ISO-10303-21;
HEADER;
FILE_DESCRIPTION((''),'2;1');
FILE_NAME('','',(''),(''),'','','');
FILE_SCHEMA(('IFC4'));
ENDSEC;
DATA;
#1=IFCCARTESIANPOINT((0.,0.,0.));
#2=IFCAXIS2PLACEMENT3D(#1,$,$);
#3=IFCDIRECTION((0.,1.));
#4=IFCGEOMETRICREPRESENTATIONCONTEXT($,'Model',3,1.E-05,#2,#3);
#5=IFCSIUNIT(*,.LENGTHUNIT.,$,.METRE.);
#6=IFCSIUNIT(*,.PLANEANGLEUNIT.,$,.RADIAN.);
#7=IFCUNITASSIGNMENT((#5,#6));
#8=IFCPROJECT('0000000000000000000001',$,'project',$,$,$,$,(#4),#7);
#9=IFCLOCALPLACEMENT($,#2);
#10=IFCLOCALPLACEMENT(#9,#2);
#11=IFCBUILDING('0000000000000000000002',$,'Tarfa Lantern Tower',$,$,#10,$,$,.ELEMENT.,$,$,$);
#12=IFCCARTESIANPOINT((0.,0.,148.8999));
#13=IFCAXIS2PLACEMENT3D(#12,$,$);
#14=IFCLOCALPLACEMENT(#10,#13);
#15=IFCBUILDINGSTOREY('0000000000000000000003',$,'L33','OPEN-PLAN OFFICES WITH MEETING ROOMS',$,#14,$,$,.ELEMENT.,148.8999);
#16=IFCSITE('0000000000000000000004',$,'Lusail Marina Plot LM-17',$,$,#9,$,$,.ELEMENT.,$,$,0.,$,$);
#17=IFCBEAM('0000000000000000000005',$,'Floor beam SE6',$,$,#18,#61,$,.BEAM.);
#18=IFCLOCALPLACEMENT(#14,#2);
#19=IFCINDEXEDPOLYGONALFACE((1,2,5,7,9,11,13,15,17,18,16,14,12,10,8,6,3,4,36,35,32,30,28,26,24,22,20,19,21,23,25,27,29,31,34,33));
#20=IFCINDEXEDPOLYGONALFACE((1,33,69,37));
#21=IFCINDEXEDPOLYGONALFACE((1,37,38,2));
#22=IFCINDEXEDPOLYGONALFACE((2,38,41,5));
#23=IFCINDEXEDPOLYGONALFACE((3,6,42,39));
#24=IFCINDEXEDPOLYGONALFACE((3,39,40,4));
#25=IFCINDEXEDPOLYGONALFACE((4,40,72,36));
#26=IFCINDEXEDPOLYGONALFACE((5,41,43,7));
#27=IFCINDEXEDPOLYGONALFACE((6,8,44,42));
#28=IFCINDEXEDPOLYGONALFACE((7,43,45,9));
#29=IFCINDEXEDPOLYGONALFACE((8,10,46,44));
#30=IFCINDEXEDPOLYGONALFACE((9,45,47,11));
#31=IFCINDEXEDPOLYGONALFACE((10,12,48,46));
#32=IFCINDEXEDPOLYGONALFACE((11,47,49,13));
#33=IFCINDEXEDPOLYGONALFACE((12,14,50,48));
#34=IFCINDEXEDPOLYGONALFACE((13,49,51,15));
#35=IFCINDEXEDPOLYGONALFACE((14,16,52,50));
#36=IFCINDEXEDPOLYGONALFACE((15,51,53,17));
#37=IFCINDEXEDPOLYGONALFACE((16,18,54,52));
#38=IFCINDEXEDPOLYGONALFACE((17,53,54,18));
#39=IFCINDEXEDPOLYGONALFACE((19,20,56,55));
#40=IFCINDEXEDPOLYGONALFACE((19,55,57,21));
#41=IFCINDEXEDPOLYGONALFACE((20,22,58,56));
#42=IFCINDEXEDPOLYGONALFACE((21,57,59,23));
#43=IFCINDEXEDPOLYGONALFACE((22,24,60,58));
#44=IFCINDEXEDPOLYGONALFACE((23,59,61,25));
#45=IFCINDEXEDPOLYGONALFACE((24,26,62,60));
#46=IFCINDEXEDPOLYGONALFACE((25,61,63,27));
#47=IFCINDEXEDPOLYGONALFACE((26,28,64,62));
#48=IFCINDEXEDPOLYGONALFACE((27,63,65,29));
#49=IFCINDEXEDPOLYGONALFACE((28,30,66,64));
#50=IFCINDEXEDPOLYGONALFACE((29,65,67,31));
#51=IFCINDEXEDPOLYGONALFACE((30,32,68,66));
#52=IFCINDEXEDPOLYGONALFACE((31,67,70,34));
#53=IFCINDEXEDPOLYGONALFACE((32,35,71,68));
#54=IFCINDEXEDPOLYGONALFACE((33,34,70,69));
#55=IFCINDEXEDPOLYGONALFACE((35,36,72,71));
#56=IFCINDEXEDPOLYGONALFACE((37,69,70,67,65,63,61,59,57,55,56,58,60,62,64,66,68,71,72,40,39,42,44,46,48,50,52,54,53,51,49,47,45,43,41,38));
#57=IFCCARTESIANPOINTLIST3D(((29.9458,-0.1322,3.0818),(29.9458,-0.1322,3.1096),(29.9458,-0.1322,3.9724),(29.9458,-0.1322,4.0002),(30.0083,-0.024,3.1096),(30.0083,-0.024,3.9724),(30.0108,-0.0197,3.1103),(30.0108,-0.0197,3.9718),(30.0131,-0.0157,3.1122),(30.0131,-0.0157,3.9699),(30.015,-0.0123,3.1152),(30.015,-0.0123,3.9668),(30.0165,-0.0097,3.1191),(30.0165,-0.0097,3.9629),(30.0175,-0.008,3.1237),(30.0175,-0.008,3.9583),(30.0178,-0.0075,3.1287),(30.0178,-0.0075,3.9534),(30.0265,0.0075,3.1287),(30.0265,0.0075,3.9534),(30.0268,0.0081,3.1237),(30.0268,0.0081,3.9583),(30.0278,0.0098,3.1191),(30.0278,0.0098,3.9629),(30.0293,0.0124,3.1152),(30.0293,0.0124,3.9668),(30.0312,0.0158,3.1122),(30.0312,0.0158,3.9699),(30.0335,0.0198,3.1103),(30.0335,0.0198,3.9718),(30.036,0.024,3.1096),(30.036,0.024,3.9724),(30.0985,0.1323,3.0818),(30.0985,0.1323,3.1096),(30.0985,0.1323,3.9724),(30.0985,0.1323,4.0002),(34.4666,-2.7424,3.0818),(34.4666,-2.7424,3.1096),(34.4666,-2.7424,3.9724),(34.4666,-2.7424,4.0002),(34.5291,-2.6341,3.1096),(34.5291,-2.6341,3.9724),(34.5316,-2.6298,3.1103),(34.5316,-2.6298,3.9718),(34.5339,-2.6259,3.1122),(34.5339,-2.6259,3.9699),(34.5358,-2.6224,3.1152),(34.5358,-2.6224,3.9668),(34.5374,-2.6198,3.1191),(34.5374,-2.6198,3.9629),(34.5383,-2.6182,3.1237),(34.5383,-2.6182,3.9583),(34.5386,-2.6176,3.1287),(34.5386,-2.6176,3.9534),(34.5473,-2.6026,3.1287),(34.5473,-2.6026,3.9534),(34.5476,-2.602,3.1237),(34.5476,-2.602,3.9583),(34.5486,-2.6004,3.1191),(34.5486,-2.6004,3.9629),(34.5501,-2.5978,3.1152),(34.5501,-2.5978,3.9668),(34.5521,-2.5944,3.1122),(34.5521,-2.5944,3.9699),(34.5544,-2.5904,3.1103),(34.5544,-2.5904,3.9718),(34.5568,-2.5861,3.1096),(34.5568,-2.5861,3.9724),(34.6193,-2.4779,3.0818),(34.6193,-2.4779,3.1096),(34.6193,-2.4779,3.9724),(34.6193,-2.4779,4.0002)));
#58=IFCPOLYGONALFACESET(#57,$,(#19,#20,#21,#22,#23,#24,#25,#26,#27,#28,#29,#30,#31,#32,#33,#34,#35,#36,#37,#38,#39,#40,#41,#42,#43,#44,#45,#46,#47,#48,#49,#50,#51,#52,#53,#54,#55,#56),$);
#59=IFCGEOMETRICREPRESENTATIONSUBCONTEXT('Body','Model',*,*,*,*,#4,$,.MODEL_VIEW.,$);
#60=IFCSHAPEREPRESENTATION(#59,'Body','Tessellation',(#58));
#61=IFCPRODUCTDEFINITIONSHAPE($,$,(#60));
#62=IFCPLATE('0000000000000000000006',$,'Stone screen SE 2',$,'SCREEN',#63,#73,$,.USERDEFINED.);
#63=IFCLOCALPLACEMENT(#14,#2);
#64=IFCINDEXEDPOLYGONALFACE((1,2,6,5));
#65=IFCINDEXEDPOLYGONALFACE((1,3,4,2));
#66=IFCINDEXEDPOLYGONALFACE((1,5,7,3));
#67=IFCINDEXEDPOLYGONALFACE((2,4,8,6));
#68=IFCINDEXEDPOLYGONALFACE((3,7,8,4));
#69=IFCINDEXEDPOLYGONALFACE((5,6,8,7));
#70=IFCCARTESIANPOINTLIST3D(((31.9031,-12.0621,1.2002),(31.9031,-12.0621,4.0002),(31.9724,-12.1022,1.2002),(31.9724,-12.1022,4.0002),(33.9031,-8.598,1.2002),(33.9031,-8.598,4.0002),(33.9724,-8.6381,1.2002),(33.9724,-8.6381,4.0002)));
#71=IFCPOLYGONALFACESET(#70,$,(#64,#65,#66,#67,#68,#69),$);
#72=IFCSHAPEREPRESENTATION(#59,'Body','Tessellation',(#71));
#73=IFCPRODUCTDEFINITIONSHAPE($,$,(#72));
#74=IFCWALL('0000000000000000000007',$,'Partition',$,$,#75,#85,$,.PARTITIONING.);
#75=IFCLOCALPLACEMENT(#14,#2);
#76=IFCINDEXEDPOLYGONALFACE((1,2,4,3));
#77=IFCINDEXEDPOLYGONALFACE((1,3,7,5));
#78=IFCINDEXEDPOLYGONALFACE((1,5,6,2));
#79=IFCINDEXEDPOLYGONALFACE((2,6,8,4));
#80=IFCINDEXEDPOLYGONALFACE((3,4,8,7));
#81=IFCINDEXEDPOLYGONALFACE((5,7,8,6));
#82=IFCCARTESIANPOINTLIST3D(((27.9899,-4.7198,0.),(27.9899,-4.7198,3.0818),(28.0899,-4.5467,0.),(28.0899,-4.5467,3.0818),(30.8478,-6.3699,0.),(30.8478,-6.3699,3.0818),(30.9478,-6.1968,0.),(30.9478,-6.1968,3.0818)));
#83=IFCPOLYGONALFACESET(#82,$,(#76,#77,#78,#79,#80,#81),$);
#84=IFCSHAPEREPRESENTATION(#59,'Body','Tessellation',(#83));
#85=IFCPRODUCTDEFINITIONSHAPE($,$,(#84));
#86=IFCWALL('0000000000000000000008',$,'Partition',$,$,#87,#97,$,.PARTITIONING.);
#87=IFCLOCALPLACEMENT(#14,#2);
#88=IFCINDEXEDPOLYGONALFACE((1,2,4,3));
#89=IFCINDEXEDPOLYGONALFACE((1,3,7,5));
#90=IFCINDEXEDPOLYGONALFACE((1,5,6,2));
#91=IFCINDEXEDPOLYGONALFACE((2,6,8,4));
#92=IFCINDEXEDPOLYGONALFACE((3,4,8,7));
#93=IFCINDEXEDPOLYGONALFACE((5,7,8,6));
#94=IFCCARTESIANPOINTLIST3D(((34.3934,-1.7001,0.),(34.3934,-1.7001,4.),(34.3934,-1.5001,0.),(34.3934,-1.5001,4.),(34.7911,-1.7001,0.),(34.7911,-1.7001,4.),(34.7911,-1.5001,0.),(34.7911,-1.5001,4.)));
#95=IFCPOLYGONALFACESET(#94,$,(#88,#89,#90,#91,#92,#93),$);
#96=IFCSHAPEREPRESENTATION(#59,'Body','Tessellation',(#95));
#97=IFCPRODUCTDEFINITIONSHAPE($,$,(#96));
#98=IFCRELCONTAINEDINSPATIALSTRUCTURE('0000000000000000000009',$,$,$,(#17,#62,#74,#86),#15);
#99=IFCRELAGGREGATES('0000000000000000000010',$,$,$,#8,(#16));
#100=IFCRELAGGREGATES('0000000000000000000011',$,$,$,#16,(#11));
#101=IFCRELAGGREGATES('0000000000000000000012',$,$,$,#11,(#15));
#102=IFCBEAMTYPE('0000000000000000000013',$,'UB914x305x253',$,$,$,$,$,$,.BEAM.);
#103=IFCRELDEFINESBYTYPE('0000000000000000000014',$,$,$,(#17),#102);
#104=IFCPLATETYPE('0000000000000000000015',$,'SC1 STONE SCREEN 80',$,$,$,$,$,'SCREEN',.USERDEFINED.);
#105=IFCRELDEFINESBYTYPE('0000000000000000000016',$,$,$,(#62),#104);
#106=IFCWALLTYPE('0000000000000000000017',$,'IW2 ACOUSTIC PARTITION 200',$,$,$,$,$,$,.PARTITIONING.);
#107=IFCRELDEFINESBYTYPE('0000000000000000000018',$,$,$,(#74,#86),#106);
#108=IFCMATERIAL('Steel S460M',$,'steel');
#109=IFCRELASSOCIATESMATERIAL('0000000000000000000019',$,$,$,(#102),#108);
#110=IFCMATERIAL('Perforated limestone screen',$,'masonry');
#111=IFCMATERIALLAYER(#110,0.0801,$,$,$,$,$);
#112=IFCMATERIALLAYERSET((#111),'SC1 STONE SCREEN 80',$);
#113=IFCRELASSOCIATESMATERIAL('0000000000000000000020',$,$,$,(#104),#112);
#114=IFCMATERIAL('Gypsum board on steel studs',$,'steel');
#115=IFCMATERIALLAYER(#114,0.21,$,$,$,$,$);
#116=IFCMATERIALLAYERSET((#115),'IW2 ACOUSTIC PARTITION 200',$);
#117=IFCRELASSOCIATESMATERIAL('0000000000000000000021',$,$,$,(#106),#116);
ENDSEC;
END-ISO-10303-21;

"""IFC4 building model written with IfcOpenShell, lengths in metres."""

from ifc_helpers import new_model, si_unit, direction, frame, frame_2d, origin, origin_2d, place, context, subcontext, project, spatial, rectangle, i_section, extrude, material, layer, layer_set, material_profile, profile_set, type_object, element, save


model = new_model("IFC4")

# Units and contexts
model_context = context("Model", 3, precision=1e-05, world=origin(), true_north=direction((0.0, 1.0)))
body_context = subcontext(model_context, "Body", "Model", "MODEL_VIEW")
ifc_project = project(units=[si_unit("LENGTHUNIT", "METRE"), si_unit("PLANEANGLEUNIT", "RADIAN")], contexts=[model_context])

# Site, building, storey
site_placement = place(None, origin())
site = spatial("IfcSite", under=ifc_project, at=site_placement, Name="Lusail Marina Plot LM-17", CompositionType="ELEMENT", RefElevation=0.0)
building_placement = place(site_placement, origin())
building = spatial("IfcBuilding", under=site, at=building_placement, Name="Tarfa Lantern Tower", CompositionType="ELEMENT")
storey_placement = place(building_placement, frame((0.0, 0.0, 148.8999)))
storey = spatial("IfcBuildingStorey", under=building, at=storey_placement, Name="L33", Description="OPEN-PLAN OFFICES WITH MEETING ROOMS", CompositionType="ELEMENT", Elevation=148.8999)

# Beam
ifc_material_1 = material(Name="Steel S460M", Category="steel")
ifc_material_profile_1 = material_profile(ifc_material_1, i_section(OverallWidth=0.3054, OverallDepth=0.9185, WebThickness=0.0173, FlangeThickness=0.0278, FilletRadius=0.019, at=origin_2d()), Name="UB914x305x253")
ifc_profile_set_1 = profile_set([ifc_material_profile_1], Name="Steel S460M")
beam_type_1 = type_object("IfcBeamType", Name="UB914x305x253", PredefinedType="BEAM", material=ifc_profile_set_1)
beam_1_placement = place(storey_placement, frame((34.543, -2.6101, 3.541), z_axis=(-0.866021, 0.500007, 0.0), x_axis=(-0.500007, -0.866021, 0.0)))
element("IfcBeam", 1, at=beam_1_placement, inside=storey, type_object=beam_type_1, Name="Floor beam SE6", PredefinedType="BEAM", context=body_context, shape_type="SweptSolid", body=[
    extrude(i_section(OverallWidth=0.3054, OverallDepth=0.9185, WebThickness=0.0173, FlangeThickness=0.0278, FilletRadius=0.019, at=origin_2d()), origin(), (0.0, 0.0, 1.0), 5.2202),
])

# Plate
ifc_material_2 = material(Name="Perforated limestone screen", Category="masonry")
ifc_layer_1 = layer(ifc_material_2, 0.0801)
ifc_layer_set_1 = layer_set([ifc_layer_1], Name="SC1 STONE SCREEN 80")
plate_type = type_object("IfcPlateType", Name="SC1 STONE SCREEN 80", ElementType="SCREEN", PredefinedType="USERDEFINED", material=ifc_layer_set_1)
plate_placement = place(storey_placement, frame((32.9377, -10.3501, 1.2002), z_axis=(0.0, 0.0, 1.0), x_axis=(0.5, 0.866025, 0.0)))
element("IfcPlate", 2, at=plate_placement, inside=storey, type_object=plate_type, Name="Stone screen SE 2", ObjectType="SCREEN", PredefinedType="USERDEFINED", context=body_context, shape_type="SweptSolid", body=[
    extrude(rectangle(XDim=4.0, YDim=0.0801, at=origin_2d()), origin(), (0.0, 0.0, 1.0), 2.8),
])

# Walls
ifc_material_3 = material(Name="Gypsum board on steel studs", Category="steel")
ifc_layer_2 = layer(ifc_material_3, 0.21)
ifc_layer_set_2 = layer_set([ifc_layer_2], Name="IW2 ACOUSTIC PARTITION 200")
wall_type = type_object("IfcWallType", Name="IW2 ACOUSTIC PARTITION 200", PredefinedType="PARTITIONING", material=ifc_layer_set_2)
wall_1_placement = place(storey_placement, frame((28.04, -4.6333, 0.0), z_axis=(0.0, 0.0, 1.0), x_axis=(0.866008, -0.50003, 0.0)))
element("IfcWall", 3, at=wall_1_placement, inside=storey, type_object=wall_type, Name="Partition", PredefinedType="PARTITIONING", context=body_context, shape_type="SweptSolid", body=[
    extrude(rectangle(XDim=3.3, YDim=0.2, at=frame_2d((1.6499, 0.0))), origin(), (0.0, 0.0, 1.0), 3.0818),
])
wall_2_placement = place(storey_placement, frame((34.3936, -1.6001, 0.0), z_axis=(0.0, 0.0, 1.0), x_axis=(1.0, 0.0, 0.0)))
element("IfcWall", 4, at=wall_2_placement, inside=storey, type_object=wall_type, Name="Partition", PredefinedType="PARTITIONING", context=body_context, shape_type="SweptSolid", body=[
    extrude(rectangle(XDim=0.3977, YDim=0.2, at=frame_2d((0.1987, 0.0))), origin(), (0.0, 0.0, 1.0), 4.0),
])

save(model, "model.ifc")
